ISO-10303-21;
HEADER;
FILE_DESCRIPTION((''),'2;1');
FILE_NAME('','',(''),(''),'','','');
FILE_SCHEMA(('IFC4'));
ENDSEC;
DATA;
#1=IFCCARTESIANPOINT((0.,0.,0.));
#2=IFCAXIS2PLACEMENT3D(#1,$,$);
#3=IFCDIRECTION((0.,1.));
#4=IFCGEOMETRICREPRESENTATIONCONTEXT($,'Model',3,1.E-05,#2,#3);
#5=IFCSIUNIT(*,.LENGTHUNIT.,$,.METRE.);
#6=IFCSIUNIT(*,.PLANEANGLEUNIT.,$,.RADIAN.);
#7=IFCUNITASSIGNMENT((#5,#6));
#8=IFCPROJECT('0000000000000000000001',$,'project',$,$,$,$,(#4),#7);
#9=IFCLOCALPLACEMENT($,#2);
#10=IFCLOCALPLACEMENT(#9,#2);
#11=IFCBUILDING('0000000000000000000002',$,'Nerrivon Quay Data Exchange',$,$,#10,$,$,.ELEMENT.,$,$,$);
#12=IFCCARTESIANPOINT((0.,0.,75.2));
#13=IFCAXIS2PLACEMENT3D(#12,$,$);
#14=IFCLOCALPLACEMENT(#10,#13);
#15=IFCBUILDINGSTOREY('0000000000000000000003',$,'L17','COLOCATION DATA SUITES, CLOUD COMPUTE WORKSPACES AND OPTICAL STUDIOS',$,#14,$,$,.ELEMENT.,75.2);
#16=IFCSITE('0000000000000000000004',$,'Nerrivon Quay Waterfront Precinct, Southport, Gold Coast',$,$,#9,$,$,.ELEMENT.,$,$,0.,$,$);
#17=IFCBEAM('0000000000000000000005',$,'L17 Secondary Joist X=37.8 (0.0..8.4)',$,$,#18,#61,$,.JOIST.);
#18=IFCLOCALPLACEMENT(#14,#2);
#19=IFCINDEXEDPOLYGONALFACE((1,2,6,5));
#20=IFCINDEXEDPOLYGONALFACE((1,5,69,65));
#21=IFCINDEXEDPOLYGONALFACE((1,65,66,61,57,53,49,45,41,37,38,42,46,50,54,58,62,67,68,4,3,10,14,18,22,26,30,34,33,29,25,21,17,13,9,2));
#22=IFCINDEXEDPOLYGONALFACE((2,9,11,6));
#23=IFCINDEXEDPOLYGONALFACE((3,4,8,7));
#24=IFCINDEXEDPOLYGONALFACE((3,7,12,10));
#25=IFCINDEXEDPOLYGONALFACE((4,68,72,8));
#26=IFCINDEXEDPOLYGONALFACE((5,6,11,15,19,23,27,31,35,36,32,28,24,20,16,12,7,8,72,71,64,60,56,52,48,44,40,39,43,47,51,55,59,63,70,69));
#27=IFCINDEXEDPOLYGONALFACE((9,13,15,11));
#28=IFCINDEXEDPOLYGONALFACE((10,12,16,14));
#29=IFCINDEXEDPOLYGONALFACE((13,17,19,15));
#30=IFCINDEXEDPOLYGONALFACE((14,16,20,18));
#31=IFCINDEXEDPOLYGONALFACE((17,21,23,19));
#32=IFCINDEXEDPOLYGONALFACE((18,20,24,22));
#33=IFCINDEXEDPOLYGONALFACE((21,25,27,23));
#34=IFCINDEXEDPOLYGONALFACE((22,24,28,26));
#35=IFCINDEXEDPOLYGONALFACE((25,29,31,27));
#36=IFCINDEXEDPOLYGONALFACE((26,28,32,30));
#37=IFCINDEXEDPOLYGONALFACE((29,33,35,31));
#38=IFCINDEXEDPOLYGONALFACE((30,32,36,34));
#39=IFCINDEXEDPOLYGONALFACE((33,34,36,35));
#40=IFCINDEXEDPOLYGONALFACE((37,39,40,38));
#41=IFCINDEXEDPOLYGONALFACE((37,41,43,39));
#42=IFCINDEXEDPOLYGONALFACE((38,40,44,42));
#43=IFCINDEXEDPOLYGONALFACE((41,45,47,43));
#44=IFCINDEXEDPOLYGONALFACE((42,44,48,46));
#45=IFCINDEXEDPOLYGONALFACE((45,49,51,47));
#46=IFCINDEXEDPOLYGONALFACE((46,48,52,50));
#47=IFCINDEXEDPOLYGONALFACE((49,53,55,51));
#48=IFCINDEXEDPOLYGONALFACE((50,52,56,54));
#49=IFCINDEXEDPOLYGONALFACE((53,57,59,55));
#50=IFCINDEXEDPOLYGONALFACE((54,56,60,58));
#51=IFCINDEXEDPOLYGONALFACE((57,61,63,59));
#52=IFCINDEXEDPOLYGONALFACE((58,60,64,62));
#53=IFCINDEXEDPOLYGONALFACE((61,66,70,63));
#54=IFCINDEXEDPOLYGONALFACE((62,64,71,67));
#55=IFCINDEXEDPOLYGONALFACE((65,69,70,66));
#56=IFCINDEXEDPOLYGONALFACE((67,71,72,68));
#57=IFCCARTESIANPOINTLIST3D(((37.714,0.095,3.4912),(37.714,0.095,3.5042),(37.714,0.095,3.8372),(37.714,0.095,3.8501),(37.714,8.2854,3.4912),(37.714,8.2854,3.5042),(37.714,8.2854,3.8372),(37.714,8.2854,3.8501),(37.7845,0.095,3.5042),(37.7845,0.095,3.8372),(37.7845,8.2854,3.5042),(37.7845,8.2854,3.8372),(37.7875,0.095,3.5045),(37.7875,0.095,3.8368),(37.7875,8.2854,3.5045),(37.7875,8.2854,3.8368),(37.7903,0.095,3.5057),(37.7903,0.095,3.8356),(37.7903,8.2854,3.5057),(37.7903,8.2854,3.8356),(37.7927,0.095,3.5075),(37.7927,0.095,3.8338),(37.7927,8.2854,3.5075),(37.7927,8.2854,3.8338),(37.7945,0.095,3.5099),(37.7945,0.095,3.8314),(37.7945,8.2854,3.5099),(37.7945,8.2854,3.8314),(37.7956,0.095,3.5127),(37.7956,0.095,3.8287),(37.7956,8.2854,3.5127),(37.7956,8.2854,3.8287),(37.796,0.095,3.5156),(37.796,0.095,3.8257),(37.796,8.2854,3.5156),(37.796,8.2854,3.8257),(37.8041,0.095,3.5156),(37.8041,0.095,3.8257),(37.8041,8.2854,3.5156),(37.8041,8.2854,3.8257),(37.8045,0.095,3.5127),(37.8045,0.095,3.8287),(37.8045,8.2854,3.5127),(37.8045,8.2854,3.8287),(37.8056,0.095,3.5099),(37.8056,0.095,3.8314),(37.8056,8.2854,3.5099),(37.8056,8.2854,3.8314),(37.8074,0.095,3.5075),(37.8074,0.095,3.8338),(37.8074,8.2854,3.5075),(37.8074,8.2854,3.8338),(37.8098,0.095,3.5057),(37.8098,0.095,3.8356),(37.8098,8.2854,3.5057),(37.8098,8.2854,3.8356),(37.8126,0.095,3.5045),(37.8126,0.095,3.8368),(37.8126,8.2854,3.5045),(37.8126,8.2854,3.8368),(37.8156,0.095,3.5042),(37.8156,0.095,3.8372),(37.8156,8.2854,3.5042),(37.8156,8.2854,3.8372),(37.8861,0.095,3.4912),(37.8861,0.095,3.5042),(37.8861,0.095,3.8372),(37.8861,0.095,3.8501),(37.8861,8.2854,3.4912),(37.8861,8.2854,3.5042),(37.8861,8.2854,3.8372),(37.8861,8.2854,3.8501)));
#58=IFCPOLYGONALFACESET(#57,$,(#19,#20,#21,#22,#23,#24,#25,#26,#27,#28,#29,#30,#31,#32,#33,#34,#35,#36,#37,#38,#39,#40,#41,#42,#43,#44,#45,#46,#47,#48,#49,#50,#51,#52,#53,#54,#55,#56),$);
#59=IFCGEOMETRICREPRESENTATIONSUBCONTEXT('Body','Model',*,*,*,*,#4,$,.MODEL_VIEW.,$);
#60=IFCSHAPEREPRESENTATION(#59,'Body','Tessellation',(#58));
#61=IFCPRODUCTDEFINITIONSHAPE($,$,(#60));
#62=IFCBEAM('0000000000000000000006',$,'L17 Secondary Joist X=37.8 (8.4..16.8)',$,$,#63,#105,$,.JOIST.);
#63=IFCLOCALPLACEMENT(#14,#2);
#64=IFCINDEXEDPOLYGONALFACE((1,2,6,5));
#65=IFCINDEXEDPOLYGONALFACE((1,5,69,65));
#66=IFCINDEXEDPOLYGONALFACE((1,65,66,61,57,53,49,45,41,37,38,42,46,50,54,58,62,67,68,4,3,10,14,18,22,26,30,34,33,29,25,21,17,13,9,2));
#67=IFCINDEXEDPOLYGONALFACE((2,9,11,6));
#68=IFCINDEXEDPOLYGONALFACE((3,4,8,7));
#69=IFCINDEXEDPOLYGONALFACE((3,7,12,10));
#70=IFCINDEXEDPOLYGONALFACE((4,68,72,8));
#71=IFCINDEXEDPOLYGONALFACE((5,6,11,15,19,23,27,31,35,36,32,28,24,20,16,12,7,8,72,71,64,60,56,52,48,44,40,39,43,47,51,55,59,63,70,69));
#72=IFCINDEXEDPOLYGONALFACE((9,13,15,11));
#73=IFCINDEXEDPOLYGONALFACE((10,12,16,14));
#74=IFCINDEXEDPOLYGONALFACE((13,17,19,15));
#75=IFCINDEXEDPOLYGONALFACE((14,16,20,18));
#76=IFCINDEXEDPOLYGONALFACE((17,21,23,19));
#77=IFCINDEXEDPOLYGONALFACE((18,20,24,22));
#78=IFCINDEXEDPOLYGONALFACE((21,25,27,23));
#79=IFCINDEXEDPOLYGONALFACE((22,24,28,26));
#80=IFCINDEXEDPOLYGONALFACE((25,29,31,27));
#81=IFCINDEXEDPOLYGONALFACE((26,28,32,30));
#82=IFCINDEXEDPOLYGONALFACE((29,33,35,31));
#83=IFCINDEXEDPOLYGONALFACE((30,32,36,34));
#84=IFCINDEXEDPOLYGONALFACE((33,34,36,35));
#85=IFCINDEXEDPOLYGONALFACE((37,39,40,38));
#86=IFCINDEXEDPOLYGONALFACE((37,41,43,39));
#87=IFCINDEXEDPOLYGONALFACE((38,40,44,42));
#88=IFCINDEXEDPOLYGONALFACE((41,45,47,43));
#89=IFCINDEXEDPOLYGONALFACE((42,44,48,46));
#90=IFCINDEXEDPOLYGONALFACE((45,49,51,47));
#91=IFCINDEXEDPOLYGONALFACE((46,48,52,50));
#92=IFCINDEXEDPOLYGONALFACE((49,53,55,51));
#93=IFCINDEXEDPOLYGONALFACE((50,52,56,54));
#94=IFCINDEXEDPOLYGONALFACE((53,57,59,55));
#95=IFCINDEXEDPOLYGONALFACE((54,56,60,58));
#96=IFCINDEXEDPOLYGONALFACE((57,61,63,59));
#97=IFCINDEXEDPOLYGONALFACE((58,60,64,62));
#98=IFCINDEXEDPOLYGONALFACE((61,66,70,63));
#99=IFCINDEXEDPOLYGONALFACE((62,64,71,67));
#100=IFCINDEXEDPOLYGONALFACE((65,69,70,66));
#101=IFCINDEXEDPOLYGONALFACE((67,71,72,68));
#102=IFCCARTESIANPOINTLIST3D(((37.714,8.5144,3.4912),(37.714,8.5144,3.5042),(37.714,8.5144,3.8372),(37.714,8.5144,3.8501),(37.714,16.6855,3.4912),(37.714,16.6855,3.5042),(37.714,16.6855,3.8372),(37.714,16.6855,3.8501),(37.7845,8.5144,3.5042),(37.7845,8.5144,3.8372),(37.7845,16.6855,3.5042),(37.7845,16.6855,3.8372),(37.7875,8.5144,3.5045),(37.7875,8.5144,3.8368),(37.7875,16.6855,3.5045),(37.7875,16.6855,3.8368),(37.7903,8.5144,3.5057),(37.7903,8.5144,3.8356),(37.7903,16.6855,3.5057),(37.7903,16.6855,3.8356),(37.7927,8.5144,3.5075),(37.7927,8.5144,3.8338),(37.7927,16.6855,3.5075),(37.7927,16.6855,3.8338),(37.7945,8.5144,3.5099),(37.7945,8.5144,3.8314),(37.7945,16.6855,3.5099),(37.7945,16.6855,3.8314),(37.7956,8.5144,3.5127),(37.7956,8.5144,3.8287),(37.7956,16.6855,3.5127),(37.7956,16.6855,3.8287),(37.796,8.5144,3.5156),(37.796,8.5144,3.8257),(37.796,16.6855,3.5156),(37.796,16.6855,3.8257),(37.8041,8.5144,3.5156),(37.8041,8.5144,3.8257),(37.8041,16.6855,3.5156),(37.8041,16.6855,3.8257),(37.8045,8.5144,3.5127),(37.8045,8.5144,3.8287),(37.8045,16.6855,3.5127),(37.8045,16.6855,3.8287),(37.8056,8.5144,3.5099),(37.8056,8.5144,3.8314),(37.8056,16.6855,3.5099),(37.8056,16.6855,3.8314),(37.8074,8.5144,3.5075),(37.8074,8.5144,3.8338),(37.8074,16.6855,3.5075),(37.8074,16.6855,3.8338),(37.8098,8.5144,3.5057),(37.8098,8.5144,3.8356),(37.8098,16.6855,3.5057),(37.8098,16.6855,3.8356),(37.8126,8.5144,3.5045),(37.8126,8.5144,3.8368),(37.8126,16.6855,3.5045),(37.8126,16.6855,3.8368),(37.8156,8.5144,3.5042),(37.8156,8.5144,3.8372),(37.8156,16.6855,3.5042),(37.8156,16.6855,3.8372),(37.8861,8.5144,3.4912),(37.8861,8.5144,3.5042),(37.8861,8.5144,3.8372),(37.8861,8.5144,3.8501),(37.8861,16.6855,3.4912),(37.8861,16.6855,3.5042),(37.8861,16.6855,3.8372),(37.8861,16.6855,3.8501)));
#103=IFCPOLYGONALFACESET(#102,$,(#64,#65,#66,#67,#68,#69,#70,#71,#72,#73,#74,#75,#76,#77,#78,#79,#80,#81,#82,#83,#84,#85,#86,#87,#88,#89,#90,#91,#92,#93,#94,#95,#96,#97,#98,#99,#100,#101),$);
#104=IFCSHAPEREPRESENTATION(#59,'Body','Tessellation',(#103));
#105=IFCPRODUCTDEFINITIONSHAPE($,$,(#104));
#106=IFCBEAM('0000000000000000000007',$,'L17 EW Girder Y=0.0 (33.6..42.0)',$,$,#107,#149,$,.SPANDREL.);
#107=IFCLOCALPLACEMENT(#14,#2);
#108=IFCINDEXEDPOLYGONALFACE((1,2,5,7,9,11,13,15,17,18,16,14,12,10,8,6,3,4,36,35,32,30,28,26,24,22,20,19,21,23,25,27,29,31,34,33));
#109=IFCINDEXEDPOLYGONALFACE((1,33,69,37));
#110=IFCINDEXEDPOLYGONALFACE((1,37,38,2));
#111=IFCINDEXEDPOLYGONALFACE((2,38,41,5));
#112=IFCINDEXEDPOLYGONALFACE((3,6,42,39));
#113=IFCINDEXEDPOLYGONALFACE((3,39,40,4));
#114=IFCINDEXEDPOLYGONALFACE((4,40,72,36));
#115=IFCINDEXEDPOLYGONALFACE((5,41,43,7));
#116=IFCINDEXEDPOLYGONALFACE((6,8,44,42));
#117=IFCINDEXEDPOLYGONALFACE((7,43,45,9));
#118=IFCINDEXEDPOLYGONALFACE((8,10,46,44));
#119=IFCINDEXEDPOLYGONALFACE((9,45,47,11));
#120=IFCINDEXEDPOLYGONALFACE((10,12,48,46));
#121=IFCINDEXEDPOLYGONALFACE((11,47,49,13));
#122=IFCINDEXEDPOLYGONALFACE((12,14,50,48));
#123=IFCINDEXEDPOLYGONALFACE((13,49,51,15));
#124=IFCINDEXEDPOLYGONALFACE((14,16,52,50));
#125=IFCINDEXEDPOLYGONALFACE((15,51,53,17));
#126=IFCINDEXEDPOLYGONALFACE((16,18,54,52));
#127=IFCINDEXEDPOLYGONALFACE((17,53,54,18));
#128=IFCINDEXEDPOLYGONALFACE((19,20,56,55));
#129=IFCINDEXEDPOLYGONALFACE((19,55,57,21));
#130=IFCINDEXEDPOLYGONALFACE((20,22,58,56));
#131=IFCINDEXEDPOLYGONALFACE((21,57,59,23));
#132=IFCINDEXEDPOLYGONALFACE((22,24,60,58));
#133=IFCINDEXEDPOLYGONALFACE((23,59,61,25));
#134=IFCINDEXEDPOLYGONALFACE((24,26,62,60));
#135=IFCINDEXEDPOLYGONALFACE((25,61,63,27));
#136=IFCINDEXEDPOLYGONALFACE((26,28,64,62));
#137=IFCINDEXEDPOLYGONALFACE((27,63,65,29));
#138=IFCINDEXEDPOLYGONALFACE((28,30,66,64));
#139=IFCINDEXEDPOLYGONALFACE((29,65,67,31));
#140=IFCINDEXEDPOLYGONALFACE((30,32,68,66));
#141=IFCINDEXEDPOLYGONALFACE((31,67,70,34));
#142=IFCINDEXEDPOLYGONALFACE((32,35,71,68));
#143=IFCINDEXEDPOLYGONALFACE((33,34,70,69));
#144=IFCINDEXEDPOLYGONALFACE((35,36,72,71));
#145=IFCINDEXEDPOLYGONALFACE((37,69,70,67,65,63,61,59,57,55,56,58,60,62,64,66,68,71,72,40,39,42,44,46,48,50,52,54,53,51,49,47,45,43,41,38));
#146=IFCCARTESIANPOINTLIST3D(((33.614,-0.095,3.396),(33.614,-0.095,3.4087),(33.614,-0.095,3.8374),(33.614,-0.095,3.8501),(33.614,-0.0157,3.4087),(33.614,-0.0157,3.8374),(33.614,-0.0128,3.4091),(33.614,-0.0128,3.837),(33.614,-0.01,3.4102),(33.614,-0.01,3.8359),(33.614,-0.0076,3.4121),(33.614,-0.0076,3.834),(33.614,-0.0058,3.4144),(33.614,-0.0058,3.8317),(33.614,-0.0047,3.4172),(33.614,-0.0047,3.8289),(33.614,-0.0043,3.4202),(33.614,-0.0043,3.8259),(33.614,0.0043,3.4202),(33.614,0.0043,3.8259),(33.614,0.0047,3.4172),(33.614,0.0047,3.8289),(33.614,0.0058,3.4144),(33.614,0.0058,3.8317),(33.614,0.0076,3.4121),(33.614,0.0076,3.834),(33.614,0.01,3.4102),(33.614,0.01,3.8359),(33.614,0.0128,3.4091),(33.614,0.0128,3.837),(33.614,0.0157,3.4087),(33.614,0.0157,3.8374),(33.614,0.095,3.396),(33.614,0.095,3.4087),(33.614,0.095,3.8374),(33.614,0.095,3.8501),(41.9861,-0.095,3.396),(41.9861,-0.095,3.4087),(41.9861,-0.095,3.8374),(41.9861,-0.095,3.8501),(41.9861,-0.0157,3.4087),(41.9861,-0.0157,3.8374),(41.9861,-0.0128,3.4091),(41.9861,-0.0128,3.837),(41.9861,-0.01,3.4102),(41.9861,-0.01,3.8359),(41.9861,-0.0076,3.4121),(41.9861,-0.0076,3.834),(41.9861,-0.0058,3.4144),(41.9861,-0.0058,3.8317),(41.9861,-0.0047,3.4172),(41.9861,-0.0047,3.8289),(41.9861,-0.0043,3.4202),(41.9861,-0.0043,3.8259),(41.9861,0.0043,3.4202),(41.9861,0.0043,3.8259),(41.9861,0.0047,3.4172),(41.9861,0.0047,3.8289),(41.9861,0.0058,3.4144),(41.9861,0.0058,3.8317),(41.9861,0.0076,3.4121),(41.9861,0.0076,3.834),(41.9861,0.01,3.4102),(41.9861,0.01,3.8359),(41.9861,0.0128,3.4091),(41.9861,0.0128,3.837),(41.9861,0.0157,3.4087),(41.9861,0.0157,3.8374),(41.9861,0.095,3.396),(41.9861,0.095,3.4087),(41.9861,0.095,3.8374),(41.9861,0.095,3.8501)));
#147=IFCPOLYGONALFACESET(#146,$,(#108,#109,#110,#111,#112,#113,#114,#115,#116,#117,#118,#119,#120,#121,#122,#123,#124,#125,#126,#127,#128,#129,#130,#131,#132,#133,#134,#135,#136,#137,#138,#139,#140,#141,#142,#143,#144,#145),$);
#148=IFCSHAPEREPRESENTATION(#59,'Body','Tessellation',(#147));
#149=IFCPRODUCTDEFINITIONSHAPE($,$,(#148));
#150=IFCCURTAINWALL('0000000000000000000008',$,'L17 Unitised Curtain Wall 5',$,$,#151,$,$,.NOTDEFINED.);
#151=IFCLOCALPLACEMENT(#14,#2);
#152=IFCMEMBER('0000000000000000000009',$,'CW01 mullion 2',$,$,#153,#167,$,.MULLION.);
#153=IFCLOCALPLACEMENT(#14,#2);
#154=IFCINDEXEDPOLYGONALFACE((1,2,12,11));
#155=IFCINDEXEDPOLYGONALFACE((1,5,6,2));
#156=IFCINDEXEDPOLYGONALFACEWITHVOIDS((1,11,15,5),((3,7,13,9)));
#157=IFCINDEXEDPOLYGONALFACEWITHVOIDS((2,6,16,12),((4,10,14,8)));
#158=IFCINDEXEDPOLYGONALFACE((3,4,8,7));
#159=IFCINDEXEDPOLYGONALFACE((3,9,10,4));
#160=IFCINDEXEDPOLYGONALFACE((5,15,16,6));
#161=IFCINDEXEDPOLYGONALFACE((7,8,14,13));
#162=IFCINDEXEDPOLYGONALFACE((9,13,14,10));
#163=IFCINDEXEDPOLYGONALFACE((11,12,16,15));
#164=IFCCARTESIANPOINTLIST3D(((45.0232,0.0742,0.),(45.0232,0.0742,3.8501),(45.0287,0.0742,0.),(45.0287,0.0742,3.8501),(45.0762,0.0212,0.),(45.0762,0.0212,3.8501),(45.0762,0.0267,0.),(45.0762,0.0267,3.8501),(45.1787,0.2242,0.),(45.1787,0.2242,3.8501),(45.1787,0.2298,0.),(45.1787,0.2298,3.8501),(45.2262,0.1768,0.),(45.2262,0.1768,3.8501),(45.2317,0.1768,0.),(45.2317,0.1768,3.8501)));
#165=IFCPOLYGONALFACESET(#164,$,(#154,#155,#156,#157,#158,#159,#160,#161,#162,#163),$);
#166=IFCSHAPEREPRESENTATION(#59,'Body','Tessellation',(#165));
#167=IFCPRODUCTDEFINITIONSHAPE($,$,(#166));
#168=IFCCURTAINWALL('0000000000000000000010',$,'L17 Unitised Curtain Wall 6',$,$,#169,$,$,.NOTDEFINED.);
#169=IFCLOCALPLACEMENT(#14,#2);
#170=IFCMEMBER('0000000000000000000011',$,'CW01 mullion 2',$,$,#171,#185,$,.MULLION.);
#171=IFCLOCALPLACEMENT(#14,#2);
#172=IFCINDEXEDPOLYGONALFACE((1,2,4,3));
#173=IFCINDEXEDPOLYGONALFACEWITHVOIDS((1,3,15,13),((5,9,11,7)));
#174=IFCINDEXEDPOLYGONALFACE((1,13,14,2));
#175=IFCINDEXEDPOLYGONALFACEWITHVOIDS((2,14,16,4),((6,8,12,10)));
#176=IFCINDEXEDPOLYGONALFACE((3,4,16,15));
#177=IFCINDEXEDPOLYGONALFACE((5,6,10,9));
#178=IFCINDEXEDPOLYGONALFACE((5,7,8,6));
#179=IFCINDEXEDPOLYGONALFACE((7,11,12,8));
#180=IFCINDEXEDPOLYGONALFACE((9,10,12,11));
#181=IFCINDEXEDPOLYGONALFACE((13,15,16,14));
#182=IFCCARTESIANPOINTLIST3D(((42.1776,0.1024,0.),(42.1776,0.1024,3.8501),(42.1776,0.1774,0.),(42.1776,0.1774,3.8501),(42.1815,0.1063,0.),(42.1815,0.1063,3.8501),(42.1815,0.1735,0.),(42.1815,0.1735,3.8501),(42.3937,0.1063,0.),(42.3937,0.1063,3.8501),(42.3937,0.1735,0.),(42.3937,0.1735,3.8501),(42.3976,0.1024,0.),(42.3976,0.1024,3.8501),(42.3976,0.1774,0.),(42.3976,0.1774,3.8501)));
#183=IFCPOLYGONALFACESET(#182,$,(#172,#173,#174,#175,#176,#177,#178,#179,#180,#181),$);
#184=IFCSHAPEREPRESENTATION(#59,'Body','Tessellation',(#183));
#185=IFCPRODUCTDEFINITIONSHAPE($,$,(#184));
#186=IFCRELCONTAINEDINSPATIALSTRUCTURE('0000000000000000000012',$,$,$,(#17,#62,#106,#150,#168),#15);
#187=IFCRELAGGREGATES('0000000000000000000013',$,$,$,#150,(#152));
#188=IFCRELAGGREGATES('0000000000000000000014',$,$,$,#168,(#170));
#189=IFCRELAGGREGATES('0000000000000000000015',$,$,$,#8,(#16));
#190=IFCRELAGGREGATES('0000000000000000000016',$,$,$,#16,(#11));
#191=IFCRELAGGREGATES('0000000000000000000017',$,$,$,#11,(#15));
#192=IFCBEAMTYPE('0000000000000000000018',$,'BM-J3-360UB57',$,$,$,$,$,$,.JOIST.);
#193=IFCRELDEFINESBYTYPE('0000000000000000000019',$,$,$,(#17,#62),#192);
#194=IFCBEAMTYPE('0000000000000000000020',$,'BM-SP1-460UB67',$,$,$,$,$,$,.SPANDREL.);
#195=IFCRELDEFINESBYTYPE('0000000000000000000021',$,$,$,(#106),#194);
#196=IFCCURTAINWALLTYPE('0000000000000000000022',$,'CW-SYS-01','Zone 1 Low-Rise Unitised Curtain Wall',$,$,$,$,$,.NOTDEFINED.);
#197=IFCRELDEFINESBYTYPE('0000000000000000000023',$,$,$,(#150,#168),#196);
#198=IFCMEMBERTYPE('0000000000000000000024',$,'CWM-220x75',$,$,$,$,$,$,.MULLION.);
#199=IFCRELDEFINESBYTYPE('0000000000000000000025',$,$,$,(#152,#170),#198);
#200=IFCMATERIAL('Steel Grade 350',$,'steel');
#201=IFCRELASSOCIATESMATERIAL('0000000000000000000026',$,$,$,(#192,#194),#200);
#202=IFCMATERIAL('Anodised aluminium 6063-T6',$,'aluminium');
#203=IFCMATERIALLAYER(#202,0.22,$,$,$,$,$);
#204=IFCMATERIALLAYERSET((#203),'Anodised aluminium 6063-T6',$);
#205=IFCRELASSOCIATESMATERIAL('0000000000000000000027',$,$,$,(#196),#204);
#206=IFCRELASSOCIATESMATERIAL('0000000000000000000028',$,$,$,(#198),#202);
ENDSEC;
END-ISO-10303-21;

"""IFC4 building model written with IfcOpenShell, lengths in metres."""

from ifc_helpers import new_model, si_unit, direction, frame, origin, origin_2d, place, context, subcontext, project, spatial, hollow_rectangle, i_section, extrude, material, layer, layer_set, material_profile, profile_set, type_object, element, aggregate, save


model = new_model("IFC4")

# Units and contexts
model_context = context("Model", 3, precision=1e-05, world=origin(), true_north=direction((0.0, 1.0)))
body_context = subcontext(model_context, "Body", "Model", "MODEL_VIEW")
ifc_project = project(units=[si_unit("LENGTHUNIT", "METRE"), si_unit("PLANEANGLEUNIT", "RADIAN")], contexts=[model_context])

# Site, building, storey
site_placement = place(None, origin())
site = spatial("IfcSite", under=ifc_project, at=site_placement, Name="Nerrivon Quay Waterfront Precinct, Southport, Gold Coast", CompositionType="ELEMENT", RefElevation=0.0)
building_placement = place(site_placement, origin())
building = spatial("IfcBuilding", under=site, at=building_placement, Name="Nerrivon Quay Data Exchange", CompositionType="ELEMENT")
storey_placement = place(building_placement, frame((0.0, 0.0, 75.2)))
storey = spatial("IfcBuildingStorey", under=building, at=storey_placement, Name="L17", Description="COLOCATION DATA SUITES, CLOUD COMPUTE WORKSPACES AND OPTICAL STUDIOS", CompositionType="ELEMENT", Elevation=75.2)

# Shared definitions
ifc_material_1 = material(Name="Steel Grade 350", Category="steel")

# Beams
ifc_material_profile_1 = material_profile(ifc_material_1, i_section(OverallWidth=0.1721, OverallDepth=0.3589, WebThickness=0.0081, FlangeThickness=0.0129, FilletRadius=0.0115, at=origin_2d()), Name="360UB56.7")
ifc_profile_set_1 = profile_set([ifc_material_profile_1], Name="Steel Grade 350")
beam_type_1 = type_object("IfcBeamType", Name="BM-J3-360UB57", PredefinedType="JOIST", material=ifc_profile_set_1)
beam_1_placement = place(storey_placement, frame((37.8, 0.095, 3.6707), z_axis=(0.0, 1.0, 0.0), x_axis=(-1.0, 0.0, 0.0)))
element("IfcBeam", 1, at=beam_1_placement, inside=storey, type_object=beam_type_1, Name="L17 Secondary Joist X=37.8 (0.0..8.4)", PredefinedType="JOIST", context=body_context, shape_type="SweptSolid", body=[
    extrude(i_section(OverallWidth=0.1721, OverallDepth=0.3589, WebThickness=0.0081, FlangeThickness=0.0129, FilletRadius=0.0115, at=origin_2d()), origin(), (0.0, 0.0, 1.0), 8.1904),
])
beam_2_placement = place(storey_placement, frame((37.8, 8.5144, 3.6707), z_axis=(0.0, 1.0, 0.0), x_axis=(-1.0, 0.0, 0.0)))
element("IfcBeam", 2, at=beam_2_placement, inside=storey, type_object=beam_type_1, Name="L17 Secondary Joist X=37.8 (8.4..16.8)", PredefinedType="JOIST", context=body_context, shape_type="SweptSolid", body=[
    extrude(i_section(OverallWidth=0.1721, OverallDepth=0.3589, WebThickness=0.0081, FlangeThickness=0.0129, FilletRadius=0.0115, at=origin_2d()), origin(), (0.0, 0.0, 1.0), 8.1711),
])
ifc_material_profile_2 = material_profile(ifc_material_1, i_section(OverallWidth=0.1899, OverallDepth=0.4541, WebThickness=0.0085, FlangeThickness=0.0127, FilletRadius=0.0115, at=origin_2d()), Name="460UB67.1")
ifc_profile_set_2 = profile_set([ifc_material_profile_2], Name="Steel Grade 350")
beam_type_2 = type_object("IfcBeamType", Name="BM-SP1-460UB67", PredefinedType="SPANDREL", material=ifc_profile_set_2)
beam_3_placement = place(storey_placement, frame((33.614, 0.0, 3.623), z_axis=(1.0, 0.0, 0.0), x_axis=(0.0, 1.0, 0.0)))
element("IfcBeam", 3, at=beam_3_placement, inside=storey, type_object=beam_type_2, Name="L17 EW Girder Y=0.0 (33.6..42.0)", PredefinedType="SPANDREL", context=body_context, shape_type="SweptSolid", body=[
    extrude(i_section(OverallWidth=0.1899, OverallDepth=0.4541, WebThickness=0.0085, FlangeThickness=0.0127, FilletRadius=0.0115, at=origin_2d()), origin(), (0.0, 0.0, 1.0), 8.3721),
])

# Curtain walls, members
ifc_material_2 = material(Name="Anodised aluminium 6063-T6", Category="aluminium")
ifc_layer_1 = layer(ifc_material_2, 0.22)
ifc_layer_set_1 = layer_set([ifc_layer_1], Name="Anodised aluminium 6063-T6")
curtain_wall_type = type_object("IfcCurtainWallType", Name="CW-SYS-01", Description="Zone 1 Low-Rise Unitised Curtain Wall", PredefinedType="NOTDEFINED", material=ifc_layer_set_1)
curtain_wall_1_placement = place(storey_placement, origin())
curtain_wall_1 = element("IfcCurtainWall", 4, at=curtain_wall_1_placement, inside=storey, type_object=curtain_wall_type, Name="L17 Unitised Curtain Wall 5", PredefinedType="NOTDEFINED")
ifc_material_profile_3 = material_profile(ifc_material_2, hollow_rectangle(XDim=0.075, YDim=0.22, WallThickness=0.0039, at=origin_2d()), Name="ALU-MULL-220x75")
ifc_profile_set_3 = profile_set([ifc_material_profile_3], Name="Anodised aluminium 6063-T6")
member_type_1 = type_object("IfcMemberType", Name="CWM-220x75", PredefinedType="MULLION", material=ifc_profile_set_3)
member_1_placement = place(storey_placement, frame((45.1274, 0.1255, 0.0), z_axis=(0.0, 0.0, 1.0), x_axis=(0.707107, -0.707107, 0.0)))
member_1 = element("IfcMember", 5, at=member_1_placement, type_object=member_type_1, Name="CW01 mullion 2", PredefinedType="MULLION", context=body_context, shape_type="SweptSolid", body=[
    extrude(hollow_rectangle(XDim=0.075, YDim=0.22, WallThickness=0.0039, at=origin_2d()), origin(), (0.0, 0.0, 1.0), 3.8501),
])
aggregate(curtain_wall_1, [member_1])
curtain_wall_2_placement = place(storey_placement, origin())
curtain_wall_2 = element("IfcCurtainWall", 6, at=curtain_wall_2_placement, inside=storey, type_object=curtain_wall_type, Name="L17 Unitised Curtain Wall 6", PredefinedType="NOTDEFINED")
member_2_placement = place(storey_placement, frame((42.2876, 0.1399, 0.0), z_axis=(0.0, 0.0, 1.0), x_axis=(0.0, -1.0, 0.0)))
member_2 = element("IfcMember", 7, at=member_2_placement, type_object=member_type_1, Name="CW01 mullion 2", PredefinedType="MULLION", context=body_context, shape_type="SweptSolid", body=[
    extrude(hollow_rectangle(XDim=0.075, YDim=0.22, WallThickness=0.0039, at=origin_2d()), origin(), (0.0, 0.0, 1.0), 3.8501),
])

aggregate(curtain_wall_2, [member_2])

save(model, "model.ifc")
